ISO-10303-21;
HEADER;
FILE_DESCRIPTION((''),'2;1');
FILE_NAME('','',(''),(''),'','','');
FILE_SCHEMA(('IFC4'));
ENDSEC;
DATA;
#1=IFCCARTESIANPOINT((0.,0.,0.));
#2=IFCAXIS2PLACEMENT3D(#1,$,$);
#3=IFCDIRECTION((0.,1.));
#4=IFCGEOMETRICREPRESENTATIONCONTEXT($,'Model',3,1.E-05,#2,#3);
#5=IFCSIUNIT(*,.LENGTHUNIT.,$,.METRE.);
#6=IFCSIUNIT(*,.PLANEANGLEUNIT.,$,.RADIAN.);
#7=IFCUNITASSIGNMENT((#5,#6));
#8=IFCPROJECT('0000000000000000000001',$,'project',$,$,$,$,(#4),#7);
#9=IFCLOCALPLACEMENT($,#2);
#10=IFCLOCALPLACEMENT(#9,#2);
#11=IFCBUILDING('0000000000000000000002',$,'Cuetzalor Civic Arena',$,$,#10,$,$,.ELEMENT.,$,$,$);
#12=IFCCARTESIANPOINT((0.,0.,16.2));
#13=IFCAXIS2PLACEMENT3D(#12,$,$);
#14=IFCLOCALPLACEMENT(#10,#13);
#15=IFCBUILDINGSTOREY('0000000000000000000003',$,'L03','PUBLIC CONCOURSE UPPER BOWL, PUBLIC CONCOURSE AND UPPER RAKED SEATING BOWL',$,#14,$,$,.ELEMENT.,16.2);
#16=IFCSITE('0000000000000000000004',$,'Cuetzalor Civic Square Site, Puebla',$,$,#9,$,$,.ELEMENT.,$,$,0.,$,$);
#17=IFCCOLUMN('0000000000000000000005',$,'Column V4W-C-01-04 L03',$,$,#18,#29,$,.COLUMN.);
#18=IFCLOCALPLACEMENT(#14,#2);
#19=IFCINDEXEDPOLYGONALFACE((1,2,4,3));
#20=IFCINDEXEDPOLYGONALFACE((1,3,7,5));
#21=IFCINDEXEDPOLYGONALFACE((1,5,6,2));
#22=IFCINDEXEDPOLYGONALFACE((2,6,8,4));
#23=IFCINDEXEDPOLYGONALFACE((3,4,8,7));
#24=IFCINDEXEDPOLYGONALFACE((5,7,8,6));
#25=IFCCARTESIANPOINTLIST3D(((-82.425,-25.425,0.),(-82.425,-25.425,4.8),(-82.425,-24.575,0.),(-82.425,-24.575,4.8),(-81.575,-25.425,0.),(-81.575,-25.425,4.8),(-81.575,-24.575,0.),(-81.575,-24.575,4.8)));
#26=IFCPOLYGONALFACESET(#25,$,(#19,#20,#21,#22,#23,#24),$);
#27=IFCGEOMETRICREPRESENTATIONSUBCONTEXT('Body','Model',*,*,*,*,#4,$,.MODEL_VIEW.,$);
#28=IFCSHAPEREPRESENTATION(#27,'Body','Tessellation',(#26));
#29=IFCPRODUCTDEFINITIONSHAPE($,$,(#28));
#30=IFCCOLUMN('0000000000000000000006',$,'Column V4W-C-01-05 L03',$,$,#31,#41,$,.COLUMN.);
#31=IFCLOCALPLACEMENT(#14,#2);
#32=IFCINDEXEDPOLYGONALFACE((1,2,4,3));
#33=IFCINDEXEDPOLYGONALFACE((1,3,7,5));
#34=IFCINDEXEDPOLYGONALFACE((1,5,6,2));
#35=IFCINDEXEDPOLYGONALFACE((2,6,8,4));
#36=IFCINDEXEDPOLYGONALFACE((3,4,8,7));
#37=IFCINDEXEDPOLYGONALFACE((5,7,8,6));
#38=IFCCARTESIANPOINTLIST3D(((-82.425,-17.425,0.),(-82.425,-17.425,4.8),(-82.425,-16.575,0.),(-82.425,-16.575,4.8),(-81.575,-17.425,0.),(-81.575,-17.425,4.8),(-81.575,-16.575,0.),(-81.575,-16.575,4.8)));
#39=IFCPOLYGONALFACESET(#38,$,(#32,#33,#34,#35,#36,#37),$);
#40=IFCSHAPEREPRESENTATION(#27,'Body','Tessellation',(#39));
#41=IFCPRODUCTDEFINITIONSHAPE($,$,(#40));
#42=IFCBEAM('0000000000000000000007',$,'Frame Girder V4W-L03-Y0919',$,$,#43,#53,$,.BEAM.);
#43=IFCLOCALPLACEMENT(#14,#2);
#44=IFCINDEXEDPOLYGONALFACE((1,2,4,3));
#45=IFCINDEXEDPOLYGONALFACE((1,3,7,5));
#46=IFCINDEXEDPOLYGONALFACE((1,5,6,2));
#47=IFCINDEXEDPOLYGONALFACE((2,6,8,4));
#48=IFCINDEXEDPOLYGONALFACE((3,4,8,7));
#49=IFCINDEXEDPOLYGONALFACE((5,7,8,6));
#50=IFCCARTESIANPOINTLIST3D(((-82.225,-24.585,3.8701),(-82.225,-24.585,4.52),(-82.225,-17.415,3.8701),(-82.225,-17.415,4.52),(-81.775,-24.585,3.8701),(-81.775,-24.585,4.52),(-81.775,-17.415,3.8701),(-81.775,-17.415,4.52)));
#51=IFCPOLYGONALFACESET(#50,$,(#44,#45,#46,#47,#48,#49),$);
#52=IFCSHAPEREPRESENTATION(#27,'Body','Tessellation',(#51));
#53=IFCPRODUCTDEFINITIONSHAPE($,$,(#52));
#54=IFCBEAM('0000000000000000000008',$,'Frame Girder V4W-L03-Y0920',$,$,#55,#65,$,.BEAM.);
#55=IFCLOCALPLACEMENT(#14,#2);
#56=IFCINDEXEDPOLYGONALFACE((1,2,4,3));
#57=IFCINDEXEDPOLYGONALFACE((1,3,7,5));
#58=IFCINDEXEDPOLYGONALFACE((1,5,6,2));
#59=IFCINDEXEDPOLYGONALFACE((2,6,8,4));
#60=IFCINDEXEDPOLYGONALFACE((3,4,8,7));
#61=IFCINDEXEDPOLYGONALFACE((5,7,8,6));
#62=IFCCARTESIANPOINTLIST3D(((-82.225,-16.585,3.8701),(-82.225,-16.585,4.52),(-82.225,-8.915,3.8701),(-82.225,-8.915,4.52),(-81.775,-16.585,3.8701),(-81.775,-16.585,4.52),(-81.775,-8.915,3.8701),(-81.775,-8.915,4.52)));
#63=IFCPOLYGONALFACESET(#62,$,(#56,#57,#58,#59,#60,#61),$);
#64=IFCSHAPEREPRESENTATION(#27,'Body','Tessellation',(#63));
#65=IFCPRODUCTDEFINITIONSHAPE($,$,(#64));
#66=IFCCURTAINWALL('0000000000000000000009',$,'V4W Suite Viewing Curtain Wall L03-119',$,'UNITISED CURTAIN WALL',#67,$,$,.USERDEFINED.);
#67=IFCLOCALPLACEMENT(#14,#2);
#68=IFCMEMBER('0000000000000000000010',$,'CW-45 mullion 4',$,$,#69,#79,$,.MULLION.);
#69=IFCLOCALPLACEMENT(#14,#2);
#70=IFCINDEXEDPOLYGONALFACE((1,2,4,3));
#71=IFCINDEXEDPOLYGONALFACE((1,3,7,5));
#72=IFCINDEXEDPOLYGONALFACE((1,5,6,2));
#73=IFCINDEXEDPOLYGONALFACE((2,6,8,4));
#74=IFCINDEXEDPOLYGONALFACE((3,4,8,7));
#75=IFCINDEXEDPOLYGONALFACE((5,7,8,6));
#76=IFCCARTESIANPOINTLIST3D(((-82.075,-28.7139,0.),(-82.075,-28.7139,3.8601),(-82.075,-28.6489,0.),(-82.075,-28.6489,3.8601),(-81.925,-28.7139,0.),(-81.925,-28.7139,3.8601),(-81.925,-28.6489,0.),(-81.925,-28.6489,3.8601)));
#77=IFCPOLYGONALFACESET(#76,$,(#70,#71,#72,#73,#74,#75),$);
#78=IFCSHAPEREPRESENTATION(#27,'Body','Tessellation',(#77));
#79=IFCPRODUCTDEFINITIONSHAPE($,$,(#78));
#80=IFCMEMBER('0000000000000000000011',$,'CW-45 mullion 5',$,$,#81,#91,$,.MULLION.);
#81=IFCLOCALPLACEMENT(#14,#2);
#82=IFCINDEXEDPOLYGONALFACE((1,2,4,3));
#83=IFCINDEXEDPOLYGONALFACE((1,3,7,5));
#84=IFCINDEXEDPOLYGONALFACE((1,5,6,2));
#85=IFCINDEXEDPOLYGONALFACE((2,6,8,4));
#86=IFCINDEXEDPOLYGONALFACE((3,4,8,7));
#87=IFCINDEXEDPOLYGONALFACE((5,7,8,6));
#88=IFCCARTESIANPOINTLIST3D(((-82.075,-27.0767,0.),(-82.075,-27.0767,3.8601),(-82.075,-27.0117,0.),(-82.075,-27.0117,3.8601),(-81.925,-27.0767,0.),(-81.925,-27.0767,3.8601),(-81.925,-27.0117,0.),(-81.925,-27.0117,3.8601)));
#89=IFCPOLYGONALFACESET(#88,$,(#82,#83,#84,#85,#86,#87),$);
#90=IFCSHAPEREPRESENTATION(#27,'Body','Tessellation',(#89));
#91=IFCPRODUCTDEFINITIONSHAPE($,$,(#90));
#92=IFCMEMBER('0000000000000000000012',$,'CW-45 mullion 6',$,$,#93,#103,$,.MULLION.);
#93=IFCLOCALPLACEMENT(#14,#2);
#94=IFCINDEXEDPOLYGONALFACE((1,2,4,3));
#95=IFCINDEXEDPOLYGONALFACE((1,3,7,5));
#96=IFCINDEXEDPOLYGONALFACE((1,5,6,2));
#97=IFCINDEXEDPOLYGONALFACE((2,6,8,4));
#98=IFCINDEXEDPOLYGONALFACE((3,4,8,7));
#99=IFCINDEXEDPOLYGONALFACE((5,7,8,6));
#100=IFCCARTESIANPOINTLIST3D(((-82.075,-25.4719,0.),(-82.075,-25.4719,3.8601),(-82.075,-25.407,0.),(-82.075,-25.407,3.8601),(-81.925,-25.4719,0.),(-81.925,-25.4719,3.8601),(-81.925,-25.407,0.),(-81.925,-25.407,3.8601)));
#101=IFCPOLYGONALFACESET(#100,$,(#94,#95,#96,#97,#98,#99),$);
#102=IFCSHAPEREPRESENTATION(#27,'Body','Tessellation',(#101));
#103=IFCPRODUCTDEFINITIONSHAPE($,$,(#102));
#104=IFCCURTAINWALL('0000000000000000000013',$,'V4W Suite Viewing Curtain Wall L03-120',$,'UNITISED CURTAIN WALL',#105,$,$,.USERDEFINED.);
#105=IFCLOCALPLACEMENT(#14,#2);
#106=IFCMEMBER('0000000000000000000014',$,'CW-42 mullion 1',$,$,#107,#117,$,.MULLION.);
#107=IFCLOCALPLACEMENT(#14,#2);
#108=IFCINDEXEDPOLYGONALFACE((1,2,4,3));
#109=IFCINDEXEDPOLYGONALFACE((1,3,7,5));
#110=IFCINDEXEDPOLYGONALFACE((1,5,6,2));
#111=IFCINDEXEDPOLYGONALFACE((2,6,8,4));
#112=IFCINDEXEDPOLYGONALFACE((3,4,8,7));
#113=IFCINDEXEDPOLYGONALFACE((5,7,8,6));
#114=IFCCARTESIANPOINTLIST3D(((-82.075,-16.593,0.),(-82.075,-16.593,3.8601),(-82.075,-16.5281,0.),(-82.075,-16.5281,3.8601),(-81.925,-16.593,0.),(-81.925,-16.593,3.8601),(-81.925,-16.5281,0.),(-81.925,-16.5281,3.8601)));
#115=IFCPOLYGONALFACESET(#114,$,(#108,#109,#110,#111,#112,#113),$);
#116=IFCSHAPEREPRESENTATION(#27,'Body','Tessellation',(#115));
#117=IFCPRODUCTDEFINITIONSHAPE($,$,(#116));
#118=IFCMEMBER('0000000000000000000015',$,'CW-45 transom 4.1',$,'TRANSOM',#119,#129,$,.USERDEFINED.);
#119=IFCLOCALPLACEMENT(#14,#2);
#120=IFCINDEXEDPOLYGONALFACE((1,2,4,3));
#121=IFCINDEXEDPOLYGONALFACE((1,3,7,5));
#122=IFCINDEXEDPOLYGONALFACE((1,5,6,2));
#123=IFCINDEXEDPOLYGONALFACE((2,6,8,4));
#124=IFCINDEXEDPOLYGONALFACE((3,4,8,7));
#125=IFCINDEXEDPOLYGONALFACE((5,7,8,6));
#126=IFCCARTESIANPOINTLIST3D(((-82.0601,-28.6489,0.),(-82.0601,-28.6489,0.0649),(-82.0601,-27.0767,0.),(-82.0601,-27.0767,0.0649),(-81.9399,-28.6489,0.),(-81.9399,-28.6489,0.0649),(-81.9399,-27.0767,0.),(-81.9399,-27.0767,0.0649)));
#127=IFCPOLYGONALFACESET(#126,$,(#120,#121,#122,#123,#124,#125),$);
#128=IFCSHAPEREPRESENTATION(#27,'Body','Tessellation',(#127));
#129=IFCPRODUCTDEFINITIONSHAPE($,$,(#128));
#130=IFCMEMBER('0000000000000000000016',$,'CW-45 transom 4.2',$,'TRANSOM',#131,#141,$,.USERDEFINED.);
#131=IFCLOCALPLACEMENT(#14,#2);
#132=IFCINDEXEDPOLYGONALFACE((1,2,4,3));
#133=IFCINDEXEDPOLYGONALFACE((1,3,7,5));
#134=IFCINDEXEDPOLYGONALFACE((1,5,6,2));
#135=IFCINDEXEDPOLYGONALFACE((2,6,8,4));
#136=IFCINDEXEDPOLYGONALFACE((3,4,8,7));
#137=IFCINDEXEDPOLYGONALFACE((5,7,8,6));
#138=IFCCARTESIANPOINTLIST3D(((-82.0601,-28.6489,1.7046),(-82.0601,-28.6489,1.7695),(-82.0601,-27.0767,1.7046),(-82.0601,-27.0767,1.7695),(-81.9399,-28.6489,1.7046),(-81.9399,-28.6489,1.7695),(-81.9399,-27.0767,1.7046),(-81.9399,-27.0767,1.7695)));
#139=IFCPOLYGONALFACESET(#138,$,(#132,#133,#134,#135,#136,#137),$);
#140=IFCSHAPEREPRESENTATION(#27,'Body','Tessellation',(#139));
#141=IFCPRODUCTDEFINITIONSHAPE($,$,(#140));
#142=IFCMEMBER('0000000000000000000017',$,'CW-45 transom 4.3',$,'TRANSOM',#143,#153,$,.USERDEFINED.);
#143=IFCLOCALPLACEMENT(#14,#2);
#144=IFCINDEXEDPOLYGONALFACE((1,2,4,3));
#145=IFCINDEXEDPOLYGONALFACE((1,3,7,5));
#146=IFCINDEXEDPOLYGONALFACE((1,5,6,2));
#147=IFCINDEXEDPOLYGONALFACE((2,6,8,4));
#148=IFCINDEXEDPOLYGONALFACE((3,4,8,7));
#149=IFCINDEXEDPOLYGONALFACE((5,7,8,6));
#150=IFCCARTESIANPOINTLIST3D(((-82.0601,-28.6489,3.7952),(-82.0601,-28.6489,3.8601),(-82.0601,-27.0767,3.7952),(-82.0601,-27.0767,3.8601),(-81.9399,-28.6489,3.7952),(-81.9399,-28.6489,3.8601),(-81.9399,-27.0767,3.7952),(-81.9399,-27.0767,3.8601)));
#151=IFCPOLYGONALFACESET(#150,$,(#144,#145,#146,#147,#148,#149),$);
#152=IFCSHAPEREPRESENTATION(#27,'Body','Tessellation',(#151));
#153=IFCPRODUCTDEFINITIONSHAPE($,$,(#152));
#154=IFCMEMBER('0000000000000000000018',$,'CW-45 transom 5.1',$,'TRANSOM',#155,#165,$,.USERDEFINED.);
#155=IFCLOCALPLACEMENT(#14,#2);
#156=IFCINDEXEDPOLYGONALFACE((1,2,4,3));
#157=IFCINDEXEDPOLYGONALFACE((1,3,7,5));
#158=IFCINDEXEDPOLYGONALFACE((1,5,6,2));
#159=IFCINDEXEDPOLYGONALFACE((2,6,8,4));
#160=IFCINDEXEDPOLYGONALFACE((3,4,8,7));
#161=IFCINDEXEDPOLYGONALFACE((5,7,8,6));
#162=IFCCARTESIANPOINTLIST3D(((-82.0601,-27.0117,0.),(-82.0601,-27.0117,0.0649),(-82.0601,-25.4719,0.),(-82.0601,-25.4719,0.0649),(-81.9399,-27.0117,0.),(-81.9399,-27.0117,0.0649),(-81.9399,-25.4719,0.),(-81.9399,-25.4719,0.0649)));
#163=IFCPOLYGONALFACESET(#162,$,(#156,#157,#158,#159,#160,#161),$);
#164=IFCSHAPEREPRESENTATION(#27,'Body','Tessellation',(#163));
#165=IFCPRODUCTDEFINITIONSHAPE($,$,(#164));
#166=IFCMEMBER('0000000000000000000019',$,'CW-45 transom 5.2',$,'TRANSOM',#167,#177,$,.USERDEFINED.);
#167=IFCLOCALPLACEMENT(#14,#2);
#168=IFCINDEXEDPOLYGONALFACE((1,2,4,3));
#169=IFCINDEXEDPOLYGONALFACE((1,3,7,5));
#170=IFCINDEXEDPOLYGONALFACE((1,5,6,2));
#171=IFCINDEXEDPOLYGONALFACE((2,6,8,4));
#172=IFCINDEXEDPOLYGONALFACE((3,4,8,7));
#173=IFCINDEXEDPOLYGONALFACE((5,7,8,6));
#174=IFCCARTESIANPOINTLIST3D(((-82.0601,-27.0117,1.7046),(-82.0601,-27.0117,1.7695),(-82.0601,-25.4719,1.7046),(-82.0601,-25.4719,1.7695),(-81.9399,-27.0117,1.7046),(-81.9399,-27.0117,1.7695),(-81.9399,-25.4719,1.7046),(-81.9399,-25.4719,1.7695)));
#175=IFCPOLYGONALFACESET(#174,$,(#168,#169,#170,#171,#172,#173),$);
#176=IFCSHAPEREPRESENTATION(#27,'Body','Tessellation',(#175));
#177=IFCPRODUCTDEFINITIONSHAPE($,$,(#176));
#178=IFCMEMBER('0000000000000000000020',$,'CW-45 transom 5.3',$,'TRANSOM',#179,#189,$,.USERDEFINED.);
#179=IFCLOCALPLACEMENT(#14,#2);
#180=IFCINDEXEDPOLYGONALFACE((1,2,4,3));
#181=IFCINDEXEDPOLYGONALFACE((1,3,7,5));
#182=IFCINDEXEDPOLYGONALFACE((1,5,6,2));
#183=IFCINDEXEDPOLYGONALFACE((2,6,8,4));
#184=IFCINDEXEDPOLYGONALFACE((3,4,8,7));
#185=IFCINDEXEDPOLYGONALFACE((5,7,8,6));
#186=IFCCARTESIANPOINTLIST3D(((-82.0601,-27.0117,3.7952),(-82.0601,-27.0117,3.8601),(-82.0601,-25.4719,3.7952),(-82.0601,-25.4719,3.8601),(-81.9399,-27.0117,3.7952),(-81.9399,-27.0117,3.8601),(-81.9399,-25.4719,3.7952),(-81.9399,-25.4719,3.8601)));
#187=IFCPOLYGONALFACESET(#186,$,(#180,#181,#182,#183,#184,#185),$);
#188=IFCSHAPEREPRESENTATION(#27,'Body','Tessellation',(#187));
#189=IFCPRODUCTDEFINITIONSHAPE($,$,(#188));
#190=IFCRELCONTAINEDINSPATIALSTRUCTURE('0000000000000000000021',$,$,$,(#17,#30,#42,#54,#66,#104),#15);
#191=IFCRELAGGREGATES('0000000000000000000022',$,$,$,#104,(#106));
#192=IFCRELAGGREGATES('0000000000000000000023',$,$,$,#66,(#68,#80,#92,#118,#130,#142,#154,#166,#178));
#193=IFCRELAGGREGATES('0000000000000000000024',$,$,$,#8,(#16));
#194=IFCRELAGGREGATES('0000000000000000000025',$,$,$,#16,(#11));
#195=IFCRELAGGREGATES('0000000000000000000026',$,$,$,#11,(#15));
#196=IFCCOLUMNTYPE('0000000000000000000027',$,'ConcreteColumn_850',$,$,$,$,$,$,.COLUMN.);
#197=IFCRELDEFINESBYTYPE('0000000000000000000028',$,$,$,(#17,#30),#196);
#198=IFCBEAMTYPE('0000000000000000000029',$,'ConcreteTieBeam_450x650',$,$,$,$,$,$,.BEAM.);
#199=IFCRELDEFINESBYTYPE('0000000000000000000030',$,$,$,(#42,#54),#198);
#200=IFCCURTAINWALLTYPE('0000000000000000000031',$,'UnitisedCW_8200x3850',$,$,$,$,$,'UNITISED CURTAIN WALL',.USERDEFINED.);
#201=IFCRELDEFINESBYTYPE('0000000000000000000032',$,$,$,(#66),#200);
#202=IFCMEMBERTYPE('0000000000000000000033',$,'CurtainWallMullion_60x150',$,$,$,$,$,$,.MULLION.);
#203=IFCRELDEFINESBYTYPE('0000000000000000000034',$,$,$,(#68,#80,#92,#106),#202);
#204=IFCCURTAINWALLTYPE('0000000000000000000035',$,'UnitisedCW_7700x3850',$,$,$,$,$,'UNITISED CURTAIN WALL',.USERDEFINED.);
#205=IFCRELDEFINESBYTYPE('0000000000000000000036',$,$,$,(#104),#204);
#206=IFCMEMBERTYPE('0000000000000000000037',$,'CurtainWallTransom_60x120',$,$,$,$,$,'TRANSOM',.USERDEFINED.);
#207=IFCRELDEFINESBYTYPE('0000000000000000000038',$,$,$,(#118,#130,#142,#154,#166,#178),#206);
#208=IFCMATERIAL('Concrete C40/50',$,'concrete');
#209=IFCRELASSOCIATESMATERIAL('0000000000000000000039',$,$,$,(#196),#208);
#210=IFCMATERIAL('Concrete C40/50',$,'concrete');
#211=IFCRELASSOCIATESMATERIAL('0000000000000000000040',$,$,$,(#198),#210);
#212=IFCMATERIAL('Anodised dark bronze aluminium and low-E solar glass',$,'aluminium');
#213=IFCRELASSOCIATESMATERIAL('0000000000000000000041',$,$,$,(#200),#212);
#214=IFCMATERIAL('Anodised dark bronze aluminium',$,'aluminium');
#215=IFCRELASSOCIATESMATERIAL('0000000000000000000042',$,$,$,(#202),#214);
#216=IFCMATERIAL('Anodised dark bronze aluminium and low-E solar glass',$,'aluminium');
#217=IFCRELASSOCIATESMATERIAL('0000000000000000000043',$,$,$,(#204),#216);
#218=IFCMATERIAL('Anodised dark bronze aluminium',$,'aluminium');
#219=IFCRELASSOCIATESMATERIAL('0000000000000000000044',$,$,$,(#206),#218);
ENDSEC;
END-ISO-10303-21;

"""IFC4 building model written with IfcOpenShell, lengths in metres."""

from ifc_helpers import new_model, si_unit, direction, frame, origin, origin_2d, place, context, subcontext, project, spatial, rectangle, extrude, material, material_profile, profile_set, type_object, element, aggregate, save


model = new_model("IFC4")

# Units and contexts
model_context = context("Model", 3, precision=1e-05, world=origin(), true_north=direction((0.0, 1.0)))
body_context = subcontext(model_context, "Body", "Model", "MODEL_VIEW")
ifc_project = project(units=[si_unit("LENGTHUNIT", "METRE"), si_unit("PLANEANGLEUNIT", "RADIAN")], contexts=[model_context])

# Site, building, storey
site_placement = place(None, origin())
site = spatial("IfcSite", under=ifc_project, at=site_placement, Name="Cuetzalor Civic Square Site, Puebla", CompositionType="ELEMENT", RefElevation=0.0)
building_placement = place(site_placement, origin())
building = spatial("IfcBuilding", under=site, at=building_placement, Name="Cuetzalor Civic Arena", CompositionType="ELEMENT")
storey_placement = place(building_placement, frame((0.0, 0.0, 16.2)))
storey = spatial("IfcBuildingStorey", under=building, at=storey_placement, Name="L03", Description="PUBLIC CONCOURSE UPPER BOWL, PUBLIC CONCOURSE AND UPPER RAKED SEATING BOWL", CompositionType="ELEMENT", Elevation=16.2)

# Columns
ifc_material_1 = material(Name="Concrete C40/50", Category="concrete")
ifc_material_profile_1 = material_profile(ifc_material_1, rectangle(XDim=0.8501, YDim=0.8501, at=origin_2d()), Name="RC 850x850")
ifc_profile_set_1 = profile_set([ifc_material_profile_1], Name="Concrete C40/50")
column_type = type_object("IfcColumnType", Name="ConcreteColumn_850", PredefinedType="COLUMN", material=ifc_profile_set_1)
for number, where, z_axis, x_axis, name in (
    (1, (-82.0, -25.0, 0.0), (0.0, 0.0, 1.0), (1.0, 0.0, 0.0), "Column V4W-C-01-04 L03"),
    (2, (-82.0, -17.0, 0.0), (0.0, 0.0, 1.0), (1.0, 0.0, 0.0), "Column V4W-C-01-05 L03"),
):
    element("IfcColumn", number, at=place(storey_placement, frame(where, z_axis=z_axis, x_axis=x_axis)), inside=storey, type_object=column_type, Name=name, PredefinedType="COLUMN", context=body_context, shape_type="SweptSolid", body=[
        extrude(rectangle(XDim=0.8501, YDim=0.8501, at=origin_2d()), origin(), (0.0, 0.0, 1.0), 4.8),
    ])

# Beams
ifc_material_2 = material(Name="Concrete C40/50", Category="concrete")
ifc_material_profile_2 = material_profile(ifc_material_2, rectangle(XDim=0.45, YDim=0.6499, at=origin_2d()), Name="RC 450x650")
ifc_profile_set_2 = profile_set([ifc_material_profile_2], Name="Concrete C40/50")
beam_type = type_object("IfcBeamType", Name="ConcreteTieBeam_450x650", PredefinedType="BEAM", material=ifc_profile_set_2)
beam_1_placement = place(storey_placement, frame((-82.0, -24.585, 4.1951), z_axis=(0.0, 1.0, 0.0), x_axis=(-1.0, 0.0, 0.0)))
element("IfcBeam", 3, at=beam_1_placement, inside=storey, type_object=beam_type, Name="Frame Girder V4W-L03-Y0919", PredefinedType="BEAM", context=body_context, shape_type="SweptSolid", body=[
    extrude(rectangle(XDim=0.45, YDim=0.6499, at=origin_2d()), origin(), (0.0, 0.0, 1.0), 7.1699),
])
beam_2_placement = place(storey_placement, frame((-82.0, -16.585, 4.1951), z_axis=(0.0, 1.0, 0.0), x_axis=(-1.0, 0.0, 0.0)))
element("IfcBeam", 4, at=beam_2_placement, inside=storey, type_object=beam_type, Name="Frame Girder V4W-L03-Y0920", PredefinedType="BEAM", context=body_context, shape_type="SweptSolid", body=[
    extrude(rectangle(XDim=0.45, YDim=0.6499, at=origin_2d()), origin(), (0.0, 0.0, 1.0), 7.6699),
])

# Curtain wall, members
ifc_material_3 = material(Name="Anodised dark bronze aluminium and low-E solar glass", Category="aluminium")
curtain_wall_type_1 = type_object("IfcCurtainWallType", Name="UnitisedCW_8200x3850", ElementType="UNITISED CURTAIN WALL", PredefinedType="USERDEFINED", material=ifc_material_3)
curtain_wall_1_placement = place(storey_placement, origin())
curtain_wall_1 = element("IfcCurtainWall", 5, at=curtain_wall_1_placement, inside=storey, type_object=curtain_wall_type_1, Name="V4W Suite Viewing Curtain Wall L03-119", ObjectType="UNITISED CURTAIN WALL", PredefinedType="USERDEFINED")
ifc_material_4 = material(Name="Anodised dark bronze aluminium", Category="aluminium")
ifc_material_profile_3 = material_profile(ifc_material_4, rectangle(XDim=0.0649, YDim=0.1499, at=origin_2d()), Name="ALU MULLION 65x150")
ifc_profile_set_3 = profile_set([ifc_material_profile_3], Name="Anodised dark bronze aluminium")
member_type_1 = type_object("IfcMemberType", Name="CurtainWallMullion_60x150", PredefinedType="MULLION", material=ifc_profile_set_3)
member_1_placement = place(storey_placement, frame((-82.0, -28.6814, 0.0), z_axis=(0.0, 0.0, 1.0), x_axis=(0.0, 1.0, 0.0)))
member_1 = element("IfcMember", 6, at=member_1_placement, type_object=member_type_1, Name="CW-45 mullion 4", PredefinedType="MULLION", context=body_context, shape_type="SweptSolid", body=[
    extrude(rectangle(XDim=0.0649, YDim=0.1499, at=origin_2d()), origin(), (0.0, 0.0, 1.0), 3.8601),
])
member_2_placement = place(storey_placement, frame((-82.0, -27.0442, 0.0), z_axis=(0.0, 0.0, 1.0), x_axis=(0.0, 1.0, 0.0)))
member_2 = element("IfcMember", 7, at=member_2_placement, type_object=member_type_1, Name="CW-45 mullion 5", PredefinedType="MULLION", context=body_context, shape_type="SweptSolid", body=[
    extrude(rectangle(XDim=0.0649, YDim=0.1499, at=origin_2d()), origin(), (0.0, 0.0, 1.0), 3.8601),
])
member_3_placement = place(storey_placement, frame((-82.0, -25.4395, 0.0), z_axis=(0.0, 0.0, 1.0), x_axis=(0.0, 1.0, 0.0)))
member_3 = element("IfcMember", 8, at=member_3_placement, type_object=member_type_1, Name="CW-45 mullion 6", PredefinedType="MULLION", context=body_context, shape_type="SweptSolid", body=[
    extrude(rectangle(XDim=0.0649, YDim=0.1499, at=origin_2d()), origin(), (0.0, 0.0, 1.0), 3.8601),
])

# Curtain wall, member
ifc_material_5 = material(Name="Anodised dark bronze aluminium and low-E solar glass", Category="aluminium")
curtain_wall_type_2 = type_object("IfcCurtainWallType", Name="UnitisedCW_7700x3850", ElementType="UNITISED CURTAIN WALL", PredefinedType="USERDEFINED", material=ifc_material_5)
curtain_wall_2_placement = place(storey_placement, origin())
curtain_wall_2 = element("IfcCurtainWall", 9, at=curtain_wall_2_placement, inside=storey, type_object=curtain_wall_type_2, Name="V4W Suite Viewing Curtain Wall L03-120", ObjectType="UNITISED CURTAIN WALL", PredefinedType="USERDEFINED")
member_4_placement = place(storey_placement, frame((-82.0, -16.5605, 0.0), z_axis=(0.0, 0.0, 1.0), x_axis=(0.0, 1.0, 0.0)))
member_4 = element("IfcMember", 10, at=member_4_placement, type_object=member_type_1, Name="CW-42 mullion 1", PredefinedType="MULLION", context=body_context, shape_type="SweptSolid", body=[
    extrude(rectangle(XDim=0.0649, YDim=0.1499, at=origin_2d()), origin(), (0.0, 0.0, 1.0), 3.8601),
])

# Members
ifc_material_6 = material(Name="Anodised dark bronze aluminium", Category="aluminium")
ifc_material_profile_4 = material_profile(ifc_material_6, rectangle(XDim=0.1201, YDim=0.0649, at=origin_2d()), Name="ALU TRANSOM 65x120")
ifc_profile_set_4 = profile_set([ifc_material_profile_4], Name="Anodised dark bronze aluminium")
member_type_2 = type_object("IfcMemberType", Name="CurtainWallTransom_60x120", ElementType="TRANSOM", PredefinedType="USERDEFINED", material=ifc_profile_set_4)
member_5_placement = place(storey_placement, frame((-82.0, -28.6489, 0.0325), z_axis=(0.0, 1.0, 0.0), x_axis=(-1.0, 0.0, 0.0)))
member_5 = element("IfcMember", 11, at=member_5_placement, type_object=member_type_2, Name="CW-45 transom 4.1", ObjectType="TRANSOM", PredefinedType="USERDEFINED", context=body_context, shape_type="SweptSolid", body=[
    extrude(rectangle(XDim=0.1201, YDim=0.0649, at=origin_2d()), origin(), (0.0, 0.0, 1.0), 1.5723),
])
member_6_placement = place(storey_placement, frame((-82.0, -28.6489, 1.7371), z_axis=(0.0, 1.0, 0.0), x_axis=(-1.0, 0.0, 0.0)))
member_6 = element("IfcMember", 12, at=member_6_placement, type_object=member_type_2, Name="CW-45 transom 4.2", ObjectType="TRANSOM", PredefinedType="USERDEFINED", context=body_context, shape_type="SweptSolid", body=[
    extrude(rectangle(XDim=0.1201, YDim=0.0649, at=origin_2d()), origin(), (0.0, 0.0, 1.0), 1.5723),
])
member_7_placement = place(storey_placement, frame((-82.0, -28.6489, 3.8276), z_axis=(0.0, 1.0, 0.0), x_axis=(-1.0, 0.0, 0.0)))
member_7 = element("IfcMember", 13, at=member_7_placement, type_object=member_type_2, Name="CW-45 transom 4.3", ObjectType="TRANSOM", PredefinedType="USERDEFINED", context=body_context, shape_type="SweptSolid", body=[
    extrude(rectangle(XDim=0.1201, YDim=0.0649, at=origin_2d()), origin(), (0.0, 0.0, 1.0), 1.5723),
])
member_8_placement = place(storey_placement, frame((-82.0, -27.0117, 0.0325), z_axis=(0.0, 1.0, 0.0), x_axis=(-1.0, 0.0, 0.0)))
member_8 = element("IfcMember", 14, at=member_8_placement, type_object=member_type_2, Name="CW-45 transom 5.1", ObjectType="TRANSOM", PredefinedType="USERDEFINED", context=body_context, shape_type="SweptSolid", body=[
    extrude(rectangle(XDim=0.1201, YDim=0.0649, at=origin_2d()), origin(), (0.0, 0.0, 1.0), 1.5398),
])
member_9_placement = place(storey_placement, frame((-82.0, -27.0117, 1.7371), z_axis=(0.0, 1.0, 0.0), x_axis=(-1.0, 0.0, 0.0)))
member_9 = element("IfcMember", 15, at=member_9_placement, type_object=member_type_2, Name="CW-45 transom 5.2", ObjectType="TRANSOM", PredefinedType="USERDEFINED", context=body_context, shape_type="SweptSolid", body=[
    extrude(rectangle(XDim=0.1201, YDim=0.0649, at=origin_2d()), origin(), (0.0, 0.0, 1.0), 1.5398),
])
member_10_placement = place(storey_placement, frame((-82.0, -27.0117, 3.8276), z_axis=(0.0, 1.0, 0.0), x_axis=(-1.0, 0.0, 0.0)))
member_10 = element("IfcMember", 16, at=member_10_placement, type_object=member_type_2, Name="CW-45 transom 5.3", ObjectType="TRANSOM", PredefinedType="USERDEFINED", context=body_context, shape_type="SweptSolid", body=[
    extrude(rectangle(XDim=0.1201, YDim=0.0649, at=origin_2d()), origin(), (0.0, 0.0, 1.0), 1.5398),
])
aggregate(curtain_wall_2, [member_4])

aggregate(curtain_wall_1, [member_1, member_2, member_3, member_5, member_6, member_7, member_8, member_9, member_10])

save(model, "model.ifc")
